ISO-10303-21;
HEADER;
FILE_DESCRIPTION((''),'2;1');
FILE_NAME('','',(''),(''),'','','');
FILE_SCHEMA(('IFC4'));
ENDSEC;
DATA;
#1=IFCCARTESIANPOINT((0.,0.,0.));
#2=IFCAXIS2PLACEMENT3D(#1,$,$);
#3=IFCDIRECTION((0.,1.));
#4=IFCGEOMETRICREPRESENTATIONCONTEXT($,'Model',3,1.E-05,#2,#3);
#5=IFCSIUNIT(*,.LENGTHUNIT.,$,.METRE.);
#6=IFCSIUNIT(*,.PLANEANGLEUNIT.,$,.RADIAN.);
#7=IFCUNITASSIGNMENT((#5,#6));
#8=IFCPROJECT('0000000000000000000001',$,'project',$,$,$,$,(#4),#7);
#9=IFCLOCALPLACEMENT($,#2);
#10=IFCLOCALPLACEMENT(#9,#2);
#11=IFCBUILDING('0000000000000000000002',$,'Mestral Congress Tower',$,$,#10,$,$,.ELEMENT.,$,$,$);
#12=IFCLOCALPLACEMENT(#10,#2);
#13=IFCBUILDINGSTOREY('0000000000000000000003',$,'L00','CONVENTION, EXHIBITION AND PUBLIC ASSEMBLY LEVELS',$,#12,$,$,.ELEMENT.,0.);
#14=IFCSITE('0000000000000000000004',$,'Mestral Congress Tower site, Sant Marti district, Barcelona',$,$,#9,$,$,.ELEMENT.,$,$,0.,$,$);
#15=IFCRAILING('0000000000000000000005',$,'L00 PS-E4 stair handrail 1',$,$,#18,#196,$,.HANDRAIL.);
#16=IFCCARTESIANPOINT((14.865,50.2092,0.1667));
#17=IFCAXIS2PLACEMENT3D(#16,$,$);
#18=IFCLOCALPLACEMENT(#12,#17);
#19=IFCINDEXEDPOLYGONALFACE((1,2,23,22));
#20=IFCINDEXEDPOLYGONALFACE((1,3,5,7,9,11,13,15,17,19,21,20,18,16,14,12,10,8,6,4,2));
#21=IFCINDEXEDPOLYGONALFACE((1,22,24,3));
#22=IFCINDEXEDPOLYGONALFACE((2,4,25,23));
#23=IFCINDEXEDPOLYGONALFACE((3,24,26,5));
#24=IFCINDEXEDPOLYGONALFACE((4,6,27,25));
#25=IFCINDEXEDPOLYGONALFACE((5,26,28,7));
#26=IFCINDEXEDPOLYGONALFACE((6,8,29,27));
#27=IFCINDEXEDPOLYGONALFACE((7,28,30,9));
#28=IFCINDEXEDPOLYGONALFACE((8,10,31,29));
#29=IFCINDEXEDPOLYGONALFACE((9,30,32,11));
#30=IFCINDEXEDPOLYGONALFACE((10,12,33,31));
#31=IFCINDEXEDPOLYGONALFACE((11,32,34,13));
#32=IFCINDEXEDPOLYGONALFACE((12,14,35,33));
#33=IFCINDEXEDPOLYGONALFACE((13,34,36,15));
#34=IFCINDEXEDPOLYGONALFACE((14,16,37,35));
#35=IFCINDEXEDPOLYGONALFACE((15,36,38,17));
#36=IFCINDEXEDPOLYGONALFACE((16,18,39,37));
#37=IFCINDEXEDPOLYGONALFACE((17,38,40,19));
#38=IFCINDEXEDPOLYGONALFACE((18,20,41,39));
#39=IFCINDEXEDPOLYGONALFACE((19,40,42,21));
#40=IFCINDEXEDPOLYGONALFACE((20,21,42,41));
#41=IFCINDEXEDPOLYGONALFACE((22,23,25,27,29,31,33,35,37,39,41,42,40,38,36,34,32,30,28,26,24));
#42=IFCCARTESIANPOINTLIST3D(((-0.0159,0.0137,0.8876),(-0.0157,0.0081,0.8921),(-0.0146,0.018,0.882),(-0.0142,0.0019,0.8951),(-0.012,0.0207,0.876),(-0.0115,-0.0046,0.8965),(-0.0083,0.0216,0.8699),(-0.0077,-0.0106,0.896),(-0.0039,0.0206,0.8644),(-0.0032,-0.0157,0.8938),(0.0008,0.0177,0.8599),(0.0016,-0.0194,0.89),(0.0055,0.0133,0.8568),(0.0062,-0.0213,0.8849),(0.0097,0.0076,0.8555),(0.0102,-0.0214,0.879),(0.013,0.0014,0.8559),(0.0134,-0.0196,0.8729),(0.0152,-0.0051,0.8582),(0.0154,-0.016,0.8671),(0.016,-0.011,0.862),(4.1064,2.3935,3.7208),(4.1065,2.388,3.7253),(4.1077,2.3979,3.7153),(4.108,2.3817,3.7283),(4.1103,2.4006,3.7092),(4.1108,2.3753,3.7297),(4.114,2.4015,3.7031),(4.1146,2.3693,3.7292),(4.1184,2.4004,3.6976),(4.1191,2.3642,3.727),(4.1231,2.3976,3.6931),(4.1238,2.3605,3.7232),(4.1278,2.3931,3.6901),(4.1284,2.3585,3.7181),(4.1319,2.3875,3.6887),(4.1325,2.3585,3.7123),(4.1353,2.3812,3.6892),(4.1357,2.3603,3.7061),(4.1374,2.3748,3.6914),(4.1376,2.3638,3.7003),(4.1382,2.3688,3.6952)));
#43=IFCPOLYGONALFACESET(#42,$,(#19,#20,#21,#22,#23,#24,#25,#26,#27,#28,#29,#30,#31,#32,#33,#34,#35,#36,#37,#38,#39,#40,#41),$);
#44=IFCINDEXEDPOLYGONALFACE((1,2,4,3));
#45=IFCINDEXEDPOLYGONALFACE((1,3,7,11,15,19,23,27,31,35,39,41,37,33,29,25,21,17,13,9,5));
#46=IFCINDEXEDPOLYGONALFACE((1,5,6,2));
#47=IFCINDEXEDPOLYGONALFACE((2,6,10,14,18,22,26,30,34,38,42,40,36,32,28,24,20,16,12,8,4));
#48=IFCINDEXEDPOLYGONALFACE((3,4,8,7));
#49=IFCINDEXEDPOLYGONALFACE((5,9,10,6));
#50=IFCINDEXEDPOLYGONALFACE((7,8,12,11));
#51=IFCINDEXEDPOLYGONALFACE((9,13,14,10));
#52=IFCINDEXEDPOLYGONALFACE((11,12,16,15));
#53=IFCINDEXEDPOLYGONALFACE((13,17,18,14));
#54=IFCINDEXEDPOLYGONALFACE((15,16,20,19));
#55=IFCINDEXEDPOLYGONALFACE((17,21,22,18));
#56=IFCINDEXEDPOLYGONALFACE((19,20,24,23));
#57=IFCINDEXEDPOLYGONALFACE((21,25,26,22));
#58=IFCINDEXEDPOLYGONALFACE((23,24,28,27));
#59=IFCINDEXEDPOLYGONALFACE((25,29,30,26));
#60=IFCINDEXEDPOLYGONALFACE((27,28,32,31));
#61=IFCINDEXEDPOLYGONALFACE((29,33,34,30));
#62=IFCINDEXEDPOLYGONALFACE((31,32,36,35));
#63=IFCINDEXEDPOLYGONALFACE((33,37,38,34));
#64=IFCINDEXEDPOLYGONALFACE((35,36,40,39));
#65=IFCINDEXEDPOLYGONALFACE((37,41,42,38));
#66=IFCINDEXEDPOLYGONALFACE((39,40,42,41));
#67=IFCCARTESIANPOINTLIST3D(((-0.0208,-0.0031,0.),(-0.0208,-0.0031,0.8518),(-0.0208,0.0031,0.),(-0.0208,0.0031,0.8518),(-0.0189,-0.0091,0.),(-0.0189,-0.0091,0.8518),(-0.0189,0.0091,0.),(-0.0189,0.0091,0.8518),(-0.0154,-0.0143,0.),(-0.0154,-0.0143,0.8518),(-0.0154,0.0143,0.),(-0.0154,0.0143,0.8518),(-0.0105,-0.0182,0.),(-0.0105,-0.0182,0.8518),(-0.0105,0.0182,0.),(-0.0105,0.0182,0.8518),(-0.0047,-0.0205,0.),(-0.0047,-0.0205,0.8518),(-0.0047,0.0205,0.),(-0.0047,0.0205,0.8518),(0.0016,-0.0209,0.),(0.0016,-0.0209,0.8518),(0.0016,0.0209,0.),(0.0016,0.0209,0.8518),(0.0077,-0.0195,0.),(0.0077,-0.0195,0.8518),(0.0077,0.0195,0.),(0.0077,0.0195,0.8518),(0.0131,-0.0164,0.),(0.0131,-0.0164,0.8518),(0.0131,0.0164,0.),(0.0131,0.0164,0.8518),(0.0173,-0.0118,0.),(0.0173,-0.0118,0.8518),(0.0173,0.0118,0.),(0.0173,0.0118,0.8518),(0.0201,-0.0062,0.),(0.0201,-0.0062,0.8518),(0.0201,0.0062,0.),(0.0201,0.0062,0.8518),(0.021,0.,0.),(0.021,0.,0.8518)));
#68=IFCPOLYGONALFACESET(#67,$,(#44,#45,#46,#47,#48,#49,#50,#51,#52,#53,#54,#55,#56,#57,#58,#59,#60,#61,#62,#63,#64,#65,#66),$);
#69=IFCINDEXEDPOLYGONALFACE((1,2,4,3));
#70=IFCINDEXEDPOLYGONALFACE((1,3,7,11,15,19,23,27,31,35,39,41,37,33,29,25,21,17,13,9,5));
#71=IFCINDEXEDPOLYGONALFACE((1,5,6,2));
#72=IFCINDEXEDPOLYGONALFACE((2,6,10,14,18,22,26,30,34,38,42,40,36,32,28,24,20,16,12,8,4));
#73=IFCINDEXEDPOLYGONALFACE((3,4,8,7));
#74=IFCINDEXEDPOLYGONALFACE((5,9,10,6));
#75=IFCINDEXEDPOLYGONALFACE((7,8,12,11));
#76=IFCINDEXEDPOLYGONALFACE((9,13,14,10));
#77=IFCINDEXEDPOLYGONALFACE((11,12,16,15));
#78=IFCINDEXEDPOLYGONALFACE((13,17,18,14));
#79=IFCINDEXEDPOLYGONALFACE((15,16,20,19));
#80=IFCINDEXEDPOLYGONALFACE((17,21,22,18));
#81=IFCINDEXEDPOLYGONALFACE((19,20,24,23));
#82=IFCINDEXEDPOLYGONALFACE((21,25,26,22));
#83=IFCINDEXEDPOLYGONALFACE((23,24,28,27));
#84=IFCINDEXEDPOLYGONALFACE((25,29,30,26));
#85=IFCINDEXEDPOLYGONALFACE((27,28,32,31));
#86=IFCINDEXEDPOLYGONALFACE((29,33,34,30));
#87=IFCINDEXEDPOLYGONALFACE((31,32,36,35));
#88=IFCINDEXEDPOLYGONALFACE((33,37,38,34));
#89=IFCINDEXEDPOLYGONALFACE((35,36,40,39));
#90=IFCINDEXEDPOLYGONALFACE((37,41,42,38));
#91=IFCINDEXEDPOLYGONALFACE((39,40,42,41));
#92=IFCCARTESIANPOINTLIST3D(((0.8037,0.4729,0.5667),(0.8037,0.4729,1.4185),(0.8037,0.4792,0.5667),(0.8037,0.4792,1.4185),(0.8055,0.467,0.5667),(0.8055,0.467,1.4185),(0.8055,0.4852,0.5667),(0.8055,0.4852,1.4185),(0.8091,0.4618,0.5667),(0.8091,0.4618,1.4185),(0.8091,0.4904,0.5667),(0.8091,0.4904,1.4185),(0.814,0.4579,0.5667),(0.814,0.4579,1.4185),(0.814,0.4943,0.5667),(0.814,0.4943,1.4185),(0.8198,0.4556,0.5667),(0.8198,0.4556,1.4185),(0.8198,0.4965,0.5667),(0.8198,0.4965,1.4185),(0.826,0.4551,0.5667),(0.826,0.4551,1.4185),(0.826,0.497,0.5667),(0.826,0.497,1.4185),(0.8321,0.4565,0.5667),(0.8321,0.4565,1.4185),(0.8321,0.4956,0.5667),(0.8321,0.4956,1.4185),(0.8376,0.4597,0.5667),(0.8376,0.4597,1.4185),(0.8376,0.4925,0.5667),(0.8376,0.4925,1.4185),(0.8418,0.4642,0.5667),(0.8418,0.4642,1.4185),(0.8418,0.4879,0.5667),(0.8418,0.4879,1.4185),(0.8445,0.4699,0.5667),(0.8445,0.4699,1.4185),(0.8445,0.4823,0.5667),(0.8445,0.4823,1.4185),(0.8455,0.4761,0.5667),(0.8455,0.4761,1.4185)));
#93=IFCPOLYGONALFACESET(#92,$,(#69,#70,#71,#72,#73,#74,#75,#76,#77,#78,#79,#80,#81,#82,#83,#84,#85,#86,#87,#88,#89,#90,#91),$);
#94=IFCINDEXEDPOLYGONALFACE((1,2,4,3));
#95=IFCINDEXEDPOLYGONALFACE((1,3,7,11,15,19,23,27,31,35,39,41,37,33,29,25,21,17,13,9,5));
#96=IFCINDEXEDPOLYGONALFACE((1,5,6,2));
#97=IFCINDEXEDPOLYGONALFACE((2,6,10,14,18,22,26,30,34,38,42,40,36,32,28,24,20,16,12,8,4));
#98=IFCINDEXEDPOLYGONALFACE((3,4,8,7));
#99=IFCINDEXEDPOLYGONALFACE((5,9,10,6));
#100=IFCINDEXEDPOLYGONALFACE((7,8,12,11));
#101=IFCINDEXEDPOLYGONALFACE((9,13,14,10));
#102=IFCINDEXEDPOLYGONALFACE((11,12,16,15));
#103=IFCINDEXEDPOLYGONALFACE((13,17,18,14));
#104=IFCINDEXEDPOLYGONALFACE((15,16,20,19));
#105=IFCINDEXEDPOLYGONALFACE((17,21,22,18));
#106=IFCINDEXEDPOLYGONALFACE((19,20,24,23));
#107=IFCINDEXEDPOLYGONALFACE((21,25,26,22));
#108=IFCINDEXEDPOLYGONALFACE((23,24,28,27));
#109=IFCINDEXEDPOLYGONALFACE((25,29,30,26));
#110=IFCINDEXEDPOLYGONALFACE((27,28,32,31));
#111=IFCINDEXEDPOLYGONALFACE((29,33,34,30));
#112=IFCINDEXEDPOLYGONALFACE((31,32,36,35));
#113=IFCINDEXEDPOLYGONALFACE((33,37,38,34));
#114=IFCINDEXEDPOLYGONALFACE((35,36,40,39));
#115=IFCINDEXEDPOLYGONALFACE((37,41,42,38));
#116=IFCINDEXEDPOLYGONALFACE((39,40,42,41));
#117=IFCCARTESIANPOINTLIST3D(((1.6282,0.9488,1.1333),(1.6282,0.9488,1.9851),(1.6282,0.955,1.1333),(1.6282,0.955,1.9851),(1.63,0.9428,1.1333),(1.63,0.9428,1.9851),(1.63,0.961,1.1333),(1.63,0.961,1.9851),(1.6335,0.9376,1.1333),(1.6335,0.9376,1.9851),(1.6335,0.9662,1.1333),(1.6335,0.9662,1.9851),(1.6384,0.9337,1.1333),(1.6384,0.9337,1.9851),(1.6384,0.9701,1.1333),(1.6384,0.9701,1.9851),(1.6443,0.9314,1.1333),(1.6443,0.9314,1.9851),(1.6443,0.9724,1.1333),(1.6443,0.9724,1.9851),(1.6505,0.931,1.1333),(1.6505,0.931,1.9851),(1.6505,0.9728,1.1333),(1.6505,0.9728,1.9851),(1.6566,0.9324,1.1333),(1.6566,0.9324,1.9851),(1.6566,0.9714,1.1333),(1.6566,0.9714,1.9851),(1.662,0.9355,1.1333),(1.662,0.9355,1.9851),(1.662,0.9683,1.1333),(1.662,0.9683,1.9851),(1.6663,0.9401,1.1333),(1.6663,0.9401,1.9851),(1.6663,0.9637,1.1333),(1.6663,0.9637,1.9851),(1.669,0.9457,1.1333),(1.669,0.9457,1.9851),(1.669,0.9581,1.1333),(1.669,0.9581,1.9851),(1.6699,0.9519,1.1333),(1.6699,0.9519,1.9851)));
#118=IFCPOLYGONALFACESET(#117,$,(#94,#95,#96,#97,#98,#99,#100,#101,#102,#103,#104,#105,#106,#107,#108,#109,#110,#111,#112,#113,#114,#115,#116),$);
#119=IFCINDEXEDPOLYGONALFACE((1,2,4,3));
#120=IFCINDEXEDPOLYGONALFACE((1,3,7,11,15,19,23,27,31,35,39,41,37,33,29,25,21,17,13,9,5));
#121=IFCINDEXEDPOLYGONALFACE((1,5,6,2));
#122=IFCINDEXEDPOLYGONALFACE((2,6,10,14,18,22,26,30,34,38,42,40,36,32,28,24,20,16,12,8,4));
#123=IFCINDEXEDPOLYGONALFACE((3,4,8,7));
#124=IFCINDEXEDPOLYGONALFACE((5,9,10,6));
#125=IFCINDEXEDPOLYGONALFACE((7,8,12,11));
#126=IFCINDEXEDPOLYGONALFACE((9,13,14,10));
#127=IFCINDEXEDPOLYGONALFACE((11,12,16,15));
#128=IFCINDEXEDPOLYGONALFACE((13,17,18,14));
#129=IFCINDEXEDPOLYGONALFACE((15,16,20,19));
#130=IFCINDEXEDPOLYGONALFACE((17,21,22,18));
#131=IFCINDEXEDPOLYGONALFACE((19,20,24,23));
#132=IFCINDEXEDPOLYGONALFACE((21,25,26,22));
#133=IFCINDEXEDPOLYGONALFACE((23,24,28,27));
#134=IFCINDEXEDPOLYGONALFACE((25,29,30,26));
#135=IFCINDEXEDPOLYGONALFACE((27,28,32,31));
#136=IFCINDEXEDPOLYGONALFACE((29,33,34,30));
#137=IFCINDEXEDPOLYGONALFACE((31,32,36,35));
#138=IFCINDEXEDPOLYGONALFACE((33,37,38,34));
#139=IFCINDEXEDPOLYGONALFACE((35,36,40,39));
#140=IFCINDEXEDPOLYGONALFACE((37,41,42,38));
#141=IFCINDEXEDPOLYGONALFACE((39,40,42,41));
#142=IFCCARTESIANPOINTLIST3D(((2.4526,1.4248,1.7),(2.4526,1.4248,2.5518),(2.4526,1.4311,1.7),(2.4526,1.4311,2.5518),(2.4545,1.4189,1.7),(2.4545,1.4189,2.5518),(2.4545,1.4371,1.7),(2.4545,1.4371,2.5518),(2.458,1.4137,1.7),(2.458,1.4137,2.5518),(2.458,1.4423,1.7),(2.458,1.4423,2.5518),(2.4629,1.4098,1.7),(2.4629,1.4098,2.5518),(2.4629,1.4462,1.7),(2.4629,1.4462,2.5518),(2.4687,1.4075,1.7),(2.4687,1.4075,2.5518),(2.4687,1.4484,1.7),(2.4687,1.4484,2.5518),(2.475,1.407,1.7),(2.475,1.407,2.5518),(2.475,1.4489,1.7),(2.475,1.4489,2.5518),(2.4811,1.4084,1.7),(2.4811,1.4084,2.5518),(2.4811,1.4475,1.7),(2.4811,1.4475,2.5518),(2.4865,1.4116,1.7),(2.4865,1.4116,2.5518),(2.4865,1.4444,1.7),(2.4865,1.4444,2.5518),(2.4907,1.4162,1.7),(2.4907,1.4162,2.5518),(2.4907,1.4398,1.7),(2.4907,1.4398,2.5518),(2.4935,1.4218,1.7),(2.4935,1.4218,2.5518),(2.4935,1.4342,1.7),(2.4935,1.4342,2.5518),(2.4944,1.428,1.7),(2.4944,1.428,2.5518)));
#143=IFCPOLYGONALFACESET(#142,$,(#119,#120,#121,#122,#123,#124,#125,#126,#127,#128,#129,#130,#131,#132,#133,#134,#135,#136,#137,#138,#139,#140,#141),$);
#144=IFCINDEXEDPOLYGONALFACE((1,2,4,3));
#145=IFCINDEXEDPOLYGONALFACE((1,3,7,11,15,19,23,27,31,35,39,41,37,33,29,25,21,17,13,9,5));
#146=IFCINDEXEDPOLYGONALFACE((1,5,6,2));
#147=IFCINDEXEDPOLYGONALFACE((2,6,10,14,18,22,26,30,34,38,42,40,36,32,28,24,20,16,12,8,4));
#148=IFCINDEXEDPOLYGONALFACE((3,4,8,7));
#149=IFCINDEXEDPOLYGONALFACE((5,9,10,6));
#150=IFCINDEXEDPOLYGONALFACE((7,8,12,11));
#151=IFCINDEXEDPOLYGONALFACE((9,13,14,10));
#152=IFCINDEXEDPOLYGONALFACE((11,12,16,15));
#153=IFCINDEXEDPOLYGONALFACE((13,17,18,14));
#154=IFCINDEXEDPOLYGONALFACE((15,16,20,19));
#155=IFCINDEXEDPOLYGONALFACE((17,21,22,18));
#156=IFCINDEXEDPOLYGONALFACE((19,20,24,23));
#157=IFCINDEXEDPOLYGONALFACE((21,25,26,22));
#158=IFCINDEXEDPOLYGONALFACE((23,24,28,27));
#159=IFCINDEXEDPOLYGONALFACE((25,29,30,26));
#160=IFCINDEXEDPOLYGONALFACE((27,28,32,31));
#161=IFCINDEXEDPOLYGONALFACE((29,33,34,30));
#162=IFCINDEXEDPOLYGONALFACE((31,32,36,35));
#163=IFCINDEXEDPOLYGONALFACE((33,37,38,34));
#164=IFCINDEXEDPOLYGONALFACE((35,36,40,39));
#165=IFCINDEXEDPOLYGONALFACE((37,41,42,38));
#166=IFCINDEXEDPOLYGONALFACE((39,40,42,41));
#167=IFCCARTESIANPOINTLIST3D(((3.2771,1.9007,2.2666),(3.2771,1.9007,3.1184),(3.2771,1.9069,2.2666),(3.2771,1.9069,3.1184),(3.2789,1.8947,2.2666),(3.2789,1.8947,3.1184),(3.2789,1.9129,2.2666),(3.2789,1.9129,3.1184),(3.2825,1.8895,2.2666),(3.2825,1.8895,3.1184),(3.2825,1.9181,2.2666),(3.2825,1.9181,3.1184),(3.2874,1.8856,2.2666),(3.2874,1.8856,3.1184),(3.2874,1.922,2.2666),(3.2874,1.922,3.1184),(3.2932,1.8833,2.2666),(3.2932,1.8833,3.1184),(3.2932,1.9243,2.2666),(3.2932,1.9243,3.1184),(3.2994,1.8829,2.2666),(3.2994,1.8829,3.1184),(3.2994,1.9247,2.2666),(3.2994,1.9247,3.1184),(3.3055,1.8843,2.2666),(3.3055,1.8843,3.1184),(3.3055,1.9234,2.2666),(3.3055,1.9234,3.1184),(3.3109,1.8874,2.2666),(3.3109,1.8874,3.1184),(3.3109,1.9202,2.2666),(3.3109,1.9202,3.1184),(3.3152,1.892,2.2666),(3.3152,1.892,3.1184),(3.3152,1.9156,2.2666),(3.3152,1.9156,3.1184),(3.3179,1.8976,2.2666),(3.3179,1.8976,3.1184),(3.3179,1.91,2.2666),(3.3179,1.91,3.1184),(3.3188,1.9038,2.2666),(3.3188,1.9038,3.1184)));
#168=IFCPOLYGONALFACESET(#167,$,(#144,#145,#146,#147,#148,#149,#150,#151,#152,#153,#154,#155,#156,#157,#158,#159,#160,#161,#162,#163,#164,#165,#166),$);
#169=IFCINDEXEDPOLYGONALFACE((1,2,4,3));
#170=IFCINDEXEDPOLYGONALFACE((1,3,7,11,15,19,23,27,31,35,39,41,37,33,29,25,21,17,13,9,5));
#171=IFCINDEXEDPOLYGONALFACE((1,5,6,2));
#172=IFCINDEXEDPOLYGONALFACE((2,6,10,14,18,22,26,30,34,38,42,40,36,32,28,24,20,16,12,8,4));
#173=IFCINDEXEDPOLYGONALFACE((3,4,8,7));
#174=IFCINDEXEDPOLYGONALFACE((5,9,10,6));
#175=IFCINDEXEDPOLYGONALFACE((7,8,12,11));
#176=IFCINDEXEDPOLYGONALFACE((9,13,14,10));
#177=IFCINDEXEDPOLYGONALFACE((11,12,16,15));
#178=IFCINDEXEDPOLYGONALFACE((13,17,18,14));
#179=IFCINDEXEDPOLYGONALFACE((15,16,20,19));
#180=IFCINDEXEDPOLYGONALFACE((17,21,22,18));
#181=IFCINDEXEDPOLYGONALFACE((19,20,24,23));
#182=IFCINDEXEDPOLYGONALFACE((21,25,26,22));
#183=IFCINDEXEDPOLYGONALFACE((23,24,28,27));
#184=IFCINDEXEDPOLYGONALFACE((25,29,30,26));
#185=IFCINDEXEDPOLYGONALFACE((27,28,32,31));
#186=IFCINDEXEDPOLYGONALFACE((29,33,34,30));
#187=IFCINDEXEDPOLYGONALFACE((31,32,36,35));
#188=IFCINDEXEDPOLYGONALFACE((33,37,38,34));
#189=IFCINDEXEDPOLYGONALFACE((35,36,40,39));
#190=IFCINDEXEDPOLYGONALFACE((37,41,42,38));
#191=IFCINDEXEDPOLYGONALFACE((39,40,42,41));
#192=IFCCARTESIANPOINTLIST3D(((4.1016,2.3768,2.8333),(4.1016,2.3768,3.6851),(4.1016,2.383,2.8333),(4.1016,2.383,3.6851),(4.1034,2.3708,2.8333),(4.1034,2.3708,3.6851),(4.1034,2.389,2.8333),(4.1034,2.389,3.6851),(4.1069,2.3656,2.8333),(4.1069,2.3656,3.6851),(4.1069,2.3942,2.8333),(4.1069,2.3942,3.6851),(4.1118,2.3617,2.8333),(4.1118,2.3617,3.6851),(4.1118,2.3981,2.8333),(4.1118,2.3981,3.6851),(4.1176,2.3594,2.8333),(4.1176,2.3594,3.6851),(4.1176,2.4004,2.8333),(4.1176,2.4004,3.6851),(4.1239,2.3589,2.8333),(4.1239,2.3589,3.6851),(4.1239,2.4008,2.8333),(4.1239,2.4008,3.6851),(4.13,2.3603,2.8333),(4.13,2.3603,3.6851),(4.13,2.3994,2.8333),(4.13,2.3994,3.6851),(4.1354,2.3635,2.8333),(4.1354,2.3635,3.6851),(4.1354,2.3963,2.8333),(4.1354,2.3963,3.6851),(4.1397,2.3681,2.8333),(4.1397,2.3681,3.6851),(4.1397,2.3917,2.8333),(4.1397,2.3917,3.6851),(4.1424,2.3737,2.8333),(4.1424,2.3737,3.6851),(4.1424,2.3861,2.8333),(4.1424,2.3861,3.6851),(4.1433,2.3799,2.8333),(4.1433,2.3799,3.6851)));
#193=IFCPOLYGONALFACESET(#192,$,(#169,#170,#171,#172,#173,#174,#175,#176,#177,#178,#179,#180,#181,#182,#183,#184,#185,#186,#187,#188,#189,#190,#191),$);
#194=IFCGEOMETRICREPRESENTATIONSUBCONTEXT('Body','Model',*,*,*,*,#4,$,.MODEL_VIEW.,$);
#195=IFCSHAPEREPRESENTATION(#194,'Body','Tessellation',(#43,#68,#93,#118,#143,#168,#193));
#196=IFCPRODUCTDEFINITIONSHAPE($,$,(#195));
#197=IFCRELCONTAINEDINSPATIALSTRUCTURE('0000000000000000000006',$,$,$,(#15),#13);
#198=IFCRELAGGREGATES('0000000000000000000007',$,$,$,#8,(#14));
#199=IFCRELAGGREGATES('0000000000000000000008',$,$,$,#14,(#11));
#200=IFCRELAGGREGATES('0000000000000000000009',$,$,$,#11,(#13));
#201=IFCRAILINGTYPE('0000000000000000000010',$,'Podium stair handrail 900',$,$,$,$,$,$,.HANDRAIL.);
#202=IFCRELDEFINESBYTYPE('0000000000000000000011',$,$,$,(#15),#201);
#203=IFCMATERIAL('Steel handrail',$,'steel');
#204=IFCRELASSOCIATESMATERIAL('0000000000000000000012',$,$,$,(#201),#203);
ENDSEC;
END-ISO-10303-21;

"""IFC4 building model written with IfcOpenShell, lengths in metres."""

from ifc_helpers import new_model, si_unit, direction, frame, origin, origin_2d, place, context, subcontext, project, spatial, circle, extrude, material, type_object, element, save


model = new_model("IFC4")

# Units and contexts
model_context = context("Model", 3, precision=1e-05, world=origin(), true_north=direction((0.0, 1.0)))
body_context = subcontext(model_context, "Body", "Model", "MODEL_VIEW")
ifc_project = project(units=[si_unit("LENGTHUNIT", "METRE"), si_unit("PLANEANGLEUNIT", "RADIAN")], contexts=[model_context])

# Site, building, storey
site_placement = place(None, origin())
site = spatial("IfcSite", under=ifc_project, at=site_placement, Name="Mestral Congress Tower site, Sant Marti district, Barcelona", CompositionType="ELEMENT", RefElevation=0.0)
building_placement = place(site_placement, origin())
building = spatial("IfcBuilding", under=site, at=building_placement, Name="Mestral Congress Tower", CompositionType="ELEMENT")
storey_placement = place(building_placement, origin())
storey = spatial("IfcBuildingStorey", under=building, at=storey_placement, Name="L00", Description="CONVENTION, EXHIBITION AND PUBLIC ASSEMBLY LEVELS", CompositionType="ELEMENT", Elevation=0.0)

# Railing
ifc_material_1 = material(Name="Steel handrail", Category="steel")
railing_type_1 = type_object("IfcRailingType", Name="Podium stair handrail 900", PredefinedType="HANDRAIL", material=ifc_material_1)
railing_1_placement = place(storey_placement, frame((14.865, 50.2092, 0.1667)))
element("IfcRailing", 1, at=railing_1_placement, inside=storey, type_object=railing_type_1, Name="L00 PS-E4 stair handrail 1", PredefinedType="HANDRAIL", context=body_context, shape_type="SweptSolid", body=[
    extrude(circle(Radius=0.0239, at=origin_2d()), frame((0.0, 0.0, 0.876), z_axis=(0.744185, 0.42963, 0.511475), x_axis=(-0.499978, 0.866038, 0.0)), (0.0, 0.0, 1.0), 5.5393),
    extrude(circle(Radius=0.021, at=origin_2d()), origin(), (0.0, 0.0, 1.0), 0.8518),
    extrude(circle(Radius=0.021, at=origin_2d()), frame((0.8245, 0.4761, 0.5667)), (0.0, 0.0, 1.0), 0.8518),
    extrude(circle(Radius=0.021, at=origin_2d()), frame((1.6489, 0.9519, 1.1333)), (0.0, 0.0, 1.0), 0.8518),
    extrude(circle(Radius=0.021, at=origin_2d()), frame((2.4734, 1.428, 1.7)), (0.0, 0.0, 1.0), 0.8518),
    extrude(circle(Radius=0.021, at=origin_2d()), frame((3.2979, 1.9038, 2.2666)), (0.0, 0.0, 1.0), 0.8518),
    extrude(circle(Radius=0.021, at=origin_2d()), frame((4.1223, 2.3799, 2.8333)), (0.0, 0.0, 1.0), 0.8518),
])

save(model, "model.ifc")
